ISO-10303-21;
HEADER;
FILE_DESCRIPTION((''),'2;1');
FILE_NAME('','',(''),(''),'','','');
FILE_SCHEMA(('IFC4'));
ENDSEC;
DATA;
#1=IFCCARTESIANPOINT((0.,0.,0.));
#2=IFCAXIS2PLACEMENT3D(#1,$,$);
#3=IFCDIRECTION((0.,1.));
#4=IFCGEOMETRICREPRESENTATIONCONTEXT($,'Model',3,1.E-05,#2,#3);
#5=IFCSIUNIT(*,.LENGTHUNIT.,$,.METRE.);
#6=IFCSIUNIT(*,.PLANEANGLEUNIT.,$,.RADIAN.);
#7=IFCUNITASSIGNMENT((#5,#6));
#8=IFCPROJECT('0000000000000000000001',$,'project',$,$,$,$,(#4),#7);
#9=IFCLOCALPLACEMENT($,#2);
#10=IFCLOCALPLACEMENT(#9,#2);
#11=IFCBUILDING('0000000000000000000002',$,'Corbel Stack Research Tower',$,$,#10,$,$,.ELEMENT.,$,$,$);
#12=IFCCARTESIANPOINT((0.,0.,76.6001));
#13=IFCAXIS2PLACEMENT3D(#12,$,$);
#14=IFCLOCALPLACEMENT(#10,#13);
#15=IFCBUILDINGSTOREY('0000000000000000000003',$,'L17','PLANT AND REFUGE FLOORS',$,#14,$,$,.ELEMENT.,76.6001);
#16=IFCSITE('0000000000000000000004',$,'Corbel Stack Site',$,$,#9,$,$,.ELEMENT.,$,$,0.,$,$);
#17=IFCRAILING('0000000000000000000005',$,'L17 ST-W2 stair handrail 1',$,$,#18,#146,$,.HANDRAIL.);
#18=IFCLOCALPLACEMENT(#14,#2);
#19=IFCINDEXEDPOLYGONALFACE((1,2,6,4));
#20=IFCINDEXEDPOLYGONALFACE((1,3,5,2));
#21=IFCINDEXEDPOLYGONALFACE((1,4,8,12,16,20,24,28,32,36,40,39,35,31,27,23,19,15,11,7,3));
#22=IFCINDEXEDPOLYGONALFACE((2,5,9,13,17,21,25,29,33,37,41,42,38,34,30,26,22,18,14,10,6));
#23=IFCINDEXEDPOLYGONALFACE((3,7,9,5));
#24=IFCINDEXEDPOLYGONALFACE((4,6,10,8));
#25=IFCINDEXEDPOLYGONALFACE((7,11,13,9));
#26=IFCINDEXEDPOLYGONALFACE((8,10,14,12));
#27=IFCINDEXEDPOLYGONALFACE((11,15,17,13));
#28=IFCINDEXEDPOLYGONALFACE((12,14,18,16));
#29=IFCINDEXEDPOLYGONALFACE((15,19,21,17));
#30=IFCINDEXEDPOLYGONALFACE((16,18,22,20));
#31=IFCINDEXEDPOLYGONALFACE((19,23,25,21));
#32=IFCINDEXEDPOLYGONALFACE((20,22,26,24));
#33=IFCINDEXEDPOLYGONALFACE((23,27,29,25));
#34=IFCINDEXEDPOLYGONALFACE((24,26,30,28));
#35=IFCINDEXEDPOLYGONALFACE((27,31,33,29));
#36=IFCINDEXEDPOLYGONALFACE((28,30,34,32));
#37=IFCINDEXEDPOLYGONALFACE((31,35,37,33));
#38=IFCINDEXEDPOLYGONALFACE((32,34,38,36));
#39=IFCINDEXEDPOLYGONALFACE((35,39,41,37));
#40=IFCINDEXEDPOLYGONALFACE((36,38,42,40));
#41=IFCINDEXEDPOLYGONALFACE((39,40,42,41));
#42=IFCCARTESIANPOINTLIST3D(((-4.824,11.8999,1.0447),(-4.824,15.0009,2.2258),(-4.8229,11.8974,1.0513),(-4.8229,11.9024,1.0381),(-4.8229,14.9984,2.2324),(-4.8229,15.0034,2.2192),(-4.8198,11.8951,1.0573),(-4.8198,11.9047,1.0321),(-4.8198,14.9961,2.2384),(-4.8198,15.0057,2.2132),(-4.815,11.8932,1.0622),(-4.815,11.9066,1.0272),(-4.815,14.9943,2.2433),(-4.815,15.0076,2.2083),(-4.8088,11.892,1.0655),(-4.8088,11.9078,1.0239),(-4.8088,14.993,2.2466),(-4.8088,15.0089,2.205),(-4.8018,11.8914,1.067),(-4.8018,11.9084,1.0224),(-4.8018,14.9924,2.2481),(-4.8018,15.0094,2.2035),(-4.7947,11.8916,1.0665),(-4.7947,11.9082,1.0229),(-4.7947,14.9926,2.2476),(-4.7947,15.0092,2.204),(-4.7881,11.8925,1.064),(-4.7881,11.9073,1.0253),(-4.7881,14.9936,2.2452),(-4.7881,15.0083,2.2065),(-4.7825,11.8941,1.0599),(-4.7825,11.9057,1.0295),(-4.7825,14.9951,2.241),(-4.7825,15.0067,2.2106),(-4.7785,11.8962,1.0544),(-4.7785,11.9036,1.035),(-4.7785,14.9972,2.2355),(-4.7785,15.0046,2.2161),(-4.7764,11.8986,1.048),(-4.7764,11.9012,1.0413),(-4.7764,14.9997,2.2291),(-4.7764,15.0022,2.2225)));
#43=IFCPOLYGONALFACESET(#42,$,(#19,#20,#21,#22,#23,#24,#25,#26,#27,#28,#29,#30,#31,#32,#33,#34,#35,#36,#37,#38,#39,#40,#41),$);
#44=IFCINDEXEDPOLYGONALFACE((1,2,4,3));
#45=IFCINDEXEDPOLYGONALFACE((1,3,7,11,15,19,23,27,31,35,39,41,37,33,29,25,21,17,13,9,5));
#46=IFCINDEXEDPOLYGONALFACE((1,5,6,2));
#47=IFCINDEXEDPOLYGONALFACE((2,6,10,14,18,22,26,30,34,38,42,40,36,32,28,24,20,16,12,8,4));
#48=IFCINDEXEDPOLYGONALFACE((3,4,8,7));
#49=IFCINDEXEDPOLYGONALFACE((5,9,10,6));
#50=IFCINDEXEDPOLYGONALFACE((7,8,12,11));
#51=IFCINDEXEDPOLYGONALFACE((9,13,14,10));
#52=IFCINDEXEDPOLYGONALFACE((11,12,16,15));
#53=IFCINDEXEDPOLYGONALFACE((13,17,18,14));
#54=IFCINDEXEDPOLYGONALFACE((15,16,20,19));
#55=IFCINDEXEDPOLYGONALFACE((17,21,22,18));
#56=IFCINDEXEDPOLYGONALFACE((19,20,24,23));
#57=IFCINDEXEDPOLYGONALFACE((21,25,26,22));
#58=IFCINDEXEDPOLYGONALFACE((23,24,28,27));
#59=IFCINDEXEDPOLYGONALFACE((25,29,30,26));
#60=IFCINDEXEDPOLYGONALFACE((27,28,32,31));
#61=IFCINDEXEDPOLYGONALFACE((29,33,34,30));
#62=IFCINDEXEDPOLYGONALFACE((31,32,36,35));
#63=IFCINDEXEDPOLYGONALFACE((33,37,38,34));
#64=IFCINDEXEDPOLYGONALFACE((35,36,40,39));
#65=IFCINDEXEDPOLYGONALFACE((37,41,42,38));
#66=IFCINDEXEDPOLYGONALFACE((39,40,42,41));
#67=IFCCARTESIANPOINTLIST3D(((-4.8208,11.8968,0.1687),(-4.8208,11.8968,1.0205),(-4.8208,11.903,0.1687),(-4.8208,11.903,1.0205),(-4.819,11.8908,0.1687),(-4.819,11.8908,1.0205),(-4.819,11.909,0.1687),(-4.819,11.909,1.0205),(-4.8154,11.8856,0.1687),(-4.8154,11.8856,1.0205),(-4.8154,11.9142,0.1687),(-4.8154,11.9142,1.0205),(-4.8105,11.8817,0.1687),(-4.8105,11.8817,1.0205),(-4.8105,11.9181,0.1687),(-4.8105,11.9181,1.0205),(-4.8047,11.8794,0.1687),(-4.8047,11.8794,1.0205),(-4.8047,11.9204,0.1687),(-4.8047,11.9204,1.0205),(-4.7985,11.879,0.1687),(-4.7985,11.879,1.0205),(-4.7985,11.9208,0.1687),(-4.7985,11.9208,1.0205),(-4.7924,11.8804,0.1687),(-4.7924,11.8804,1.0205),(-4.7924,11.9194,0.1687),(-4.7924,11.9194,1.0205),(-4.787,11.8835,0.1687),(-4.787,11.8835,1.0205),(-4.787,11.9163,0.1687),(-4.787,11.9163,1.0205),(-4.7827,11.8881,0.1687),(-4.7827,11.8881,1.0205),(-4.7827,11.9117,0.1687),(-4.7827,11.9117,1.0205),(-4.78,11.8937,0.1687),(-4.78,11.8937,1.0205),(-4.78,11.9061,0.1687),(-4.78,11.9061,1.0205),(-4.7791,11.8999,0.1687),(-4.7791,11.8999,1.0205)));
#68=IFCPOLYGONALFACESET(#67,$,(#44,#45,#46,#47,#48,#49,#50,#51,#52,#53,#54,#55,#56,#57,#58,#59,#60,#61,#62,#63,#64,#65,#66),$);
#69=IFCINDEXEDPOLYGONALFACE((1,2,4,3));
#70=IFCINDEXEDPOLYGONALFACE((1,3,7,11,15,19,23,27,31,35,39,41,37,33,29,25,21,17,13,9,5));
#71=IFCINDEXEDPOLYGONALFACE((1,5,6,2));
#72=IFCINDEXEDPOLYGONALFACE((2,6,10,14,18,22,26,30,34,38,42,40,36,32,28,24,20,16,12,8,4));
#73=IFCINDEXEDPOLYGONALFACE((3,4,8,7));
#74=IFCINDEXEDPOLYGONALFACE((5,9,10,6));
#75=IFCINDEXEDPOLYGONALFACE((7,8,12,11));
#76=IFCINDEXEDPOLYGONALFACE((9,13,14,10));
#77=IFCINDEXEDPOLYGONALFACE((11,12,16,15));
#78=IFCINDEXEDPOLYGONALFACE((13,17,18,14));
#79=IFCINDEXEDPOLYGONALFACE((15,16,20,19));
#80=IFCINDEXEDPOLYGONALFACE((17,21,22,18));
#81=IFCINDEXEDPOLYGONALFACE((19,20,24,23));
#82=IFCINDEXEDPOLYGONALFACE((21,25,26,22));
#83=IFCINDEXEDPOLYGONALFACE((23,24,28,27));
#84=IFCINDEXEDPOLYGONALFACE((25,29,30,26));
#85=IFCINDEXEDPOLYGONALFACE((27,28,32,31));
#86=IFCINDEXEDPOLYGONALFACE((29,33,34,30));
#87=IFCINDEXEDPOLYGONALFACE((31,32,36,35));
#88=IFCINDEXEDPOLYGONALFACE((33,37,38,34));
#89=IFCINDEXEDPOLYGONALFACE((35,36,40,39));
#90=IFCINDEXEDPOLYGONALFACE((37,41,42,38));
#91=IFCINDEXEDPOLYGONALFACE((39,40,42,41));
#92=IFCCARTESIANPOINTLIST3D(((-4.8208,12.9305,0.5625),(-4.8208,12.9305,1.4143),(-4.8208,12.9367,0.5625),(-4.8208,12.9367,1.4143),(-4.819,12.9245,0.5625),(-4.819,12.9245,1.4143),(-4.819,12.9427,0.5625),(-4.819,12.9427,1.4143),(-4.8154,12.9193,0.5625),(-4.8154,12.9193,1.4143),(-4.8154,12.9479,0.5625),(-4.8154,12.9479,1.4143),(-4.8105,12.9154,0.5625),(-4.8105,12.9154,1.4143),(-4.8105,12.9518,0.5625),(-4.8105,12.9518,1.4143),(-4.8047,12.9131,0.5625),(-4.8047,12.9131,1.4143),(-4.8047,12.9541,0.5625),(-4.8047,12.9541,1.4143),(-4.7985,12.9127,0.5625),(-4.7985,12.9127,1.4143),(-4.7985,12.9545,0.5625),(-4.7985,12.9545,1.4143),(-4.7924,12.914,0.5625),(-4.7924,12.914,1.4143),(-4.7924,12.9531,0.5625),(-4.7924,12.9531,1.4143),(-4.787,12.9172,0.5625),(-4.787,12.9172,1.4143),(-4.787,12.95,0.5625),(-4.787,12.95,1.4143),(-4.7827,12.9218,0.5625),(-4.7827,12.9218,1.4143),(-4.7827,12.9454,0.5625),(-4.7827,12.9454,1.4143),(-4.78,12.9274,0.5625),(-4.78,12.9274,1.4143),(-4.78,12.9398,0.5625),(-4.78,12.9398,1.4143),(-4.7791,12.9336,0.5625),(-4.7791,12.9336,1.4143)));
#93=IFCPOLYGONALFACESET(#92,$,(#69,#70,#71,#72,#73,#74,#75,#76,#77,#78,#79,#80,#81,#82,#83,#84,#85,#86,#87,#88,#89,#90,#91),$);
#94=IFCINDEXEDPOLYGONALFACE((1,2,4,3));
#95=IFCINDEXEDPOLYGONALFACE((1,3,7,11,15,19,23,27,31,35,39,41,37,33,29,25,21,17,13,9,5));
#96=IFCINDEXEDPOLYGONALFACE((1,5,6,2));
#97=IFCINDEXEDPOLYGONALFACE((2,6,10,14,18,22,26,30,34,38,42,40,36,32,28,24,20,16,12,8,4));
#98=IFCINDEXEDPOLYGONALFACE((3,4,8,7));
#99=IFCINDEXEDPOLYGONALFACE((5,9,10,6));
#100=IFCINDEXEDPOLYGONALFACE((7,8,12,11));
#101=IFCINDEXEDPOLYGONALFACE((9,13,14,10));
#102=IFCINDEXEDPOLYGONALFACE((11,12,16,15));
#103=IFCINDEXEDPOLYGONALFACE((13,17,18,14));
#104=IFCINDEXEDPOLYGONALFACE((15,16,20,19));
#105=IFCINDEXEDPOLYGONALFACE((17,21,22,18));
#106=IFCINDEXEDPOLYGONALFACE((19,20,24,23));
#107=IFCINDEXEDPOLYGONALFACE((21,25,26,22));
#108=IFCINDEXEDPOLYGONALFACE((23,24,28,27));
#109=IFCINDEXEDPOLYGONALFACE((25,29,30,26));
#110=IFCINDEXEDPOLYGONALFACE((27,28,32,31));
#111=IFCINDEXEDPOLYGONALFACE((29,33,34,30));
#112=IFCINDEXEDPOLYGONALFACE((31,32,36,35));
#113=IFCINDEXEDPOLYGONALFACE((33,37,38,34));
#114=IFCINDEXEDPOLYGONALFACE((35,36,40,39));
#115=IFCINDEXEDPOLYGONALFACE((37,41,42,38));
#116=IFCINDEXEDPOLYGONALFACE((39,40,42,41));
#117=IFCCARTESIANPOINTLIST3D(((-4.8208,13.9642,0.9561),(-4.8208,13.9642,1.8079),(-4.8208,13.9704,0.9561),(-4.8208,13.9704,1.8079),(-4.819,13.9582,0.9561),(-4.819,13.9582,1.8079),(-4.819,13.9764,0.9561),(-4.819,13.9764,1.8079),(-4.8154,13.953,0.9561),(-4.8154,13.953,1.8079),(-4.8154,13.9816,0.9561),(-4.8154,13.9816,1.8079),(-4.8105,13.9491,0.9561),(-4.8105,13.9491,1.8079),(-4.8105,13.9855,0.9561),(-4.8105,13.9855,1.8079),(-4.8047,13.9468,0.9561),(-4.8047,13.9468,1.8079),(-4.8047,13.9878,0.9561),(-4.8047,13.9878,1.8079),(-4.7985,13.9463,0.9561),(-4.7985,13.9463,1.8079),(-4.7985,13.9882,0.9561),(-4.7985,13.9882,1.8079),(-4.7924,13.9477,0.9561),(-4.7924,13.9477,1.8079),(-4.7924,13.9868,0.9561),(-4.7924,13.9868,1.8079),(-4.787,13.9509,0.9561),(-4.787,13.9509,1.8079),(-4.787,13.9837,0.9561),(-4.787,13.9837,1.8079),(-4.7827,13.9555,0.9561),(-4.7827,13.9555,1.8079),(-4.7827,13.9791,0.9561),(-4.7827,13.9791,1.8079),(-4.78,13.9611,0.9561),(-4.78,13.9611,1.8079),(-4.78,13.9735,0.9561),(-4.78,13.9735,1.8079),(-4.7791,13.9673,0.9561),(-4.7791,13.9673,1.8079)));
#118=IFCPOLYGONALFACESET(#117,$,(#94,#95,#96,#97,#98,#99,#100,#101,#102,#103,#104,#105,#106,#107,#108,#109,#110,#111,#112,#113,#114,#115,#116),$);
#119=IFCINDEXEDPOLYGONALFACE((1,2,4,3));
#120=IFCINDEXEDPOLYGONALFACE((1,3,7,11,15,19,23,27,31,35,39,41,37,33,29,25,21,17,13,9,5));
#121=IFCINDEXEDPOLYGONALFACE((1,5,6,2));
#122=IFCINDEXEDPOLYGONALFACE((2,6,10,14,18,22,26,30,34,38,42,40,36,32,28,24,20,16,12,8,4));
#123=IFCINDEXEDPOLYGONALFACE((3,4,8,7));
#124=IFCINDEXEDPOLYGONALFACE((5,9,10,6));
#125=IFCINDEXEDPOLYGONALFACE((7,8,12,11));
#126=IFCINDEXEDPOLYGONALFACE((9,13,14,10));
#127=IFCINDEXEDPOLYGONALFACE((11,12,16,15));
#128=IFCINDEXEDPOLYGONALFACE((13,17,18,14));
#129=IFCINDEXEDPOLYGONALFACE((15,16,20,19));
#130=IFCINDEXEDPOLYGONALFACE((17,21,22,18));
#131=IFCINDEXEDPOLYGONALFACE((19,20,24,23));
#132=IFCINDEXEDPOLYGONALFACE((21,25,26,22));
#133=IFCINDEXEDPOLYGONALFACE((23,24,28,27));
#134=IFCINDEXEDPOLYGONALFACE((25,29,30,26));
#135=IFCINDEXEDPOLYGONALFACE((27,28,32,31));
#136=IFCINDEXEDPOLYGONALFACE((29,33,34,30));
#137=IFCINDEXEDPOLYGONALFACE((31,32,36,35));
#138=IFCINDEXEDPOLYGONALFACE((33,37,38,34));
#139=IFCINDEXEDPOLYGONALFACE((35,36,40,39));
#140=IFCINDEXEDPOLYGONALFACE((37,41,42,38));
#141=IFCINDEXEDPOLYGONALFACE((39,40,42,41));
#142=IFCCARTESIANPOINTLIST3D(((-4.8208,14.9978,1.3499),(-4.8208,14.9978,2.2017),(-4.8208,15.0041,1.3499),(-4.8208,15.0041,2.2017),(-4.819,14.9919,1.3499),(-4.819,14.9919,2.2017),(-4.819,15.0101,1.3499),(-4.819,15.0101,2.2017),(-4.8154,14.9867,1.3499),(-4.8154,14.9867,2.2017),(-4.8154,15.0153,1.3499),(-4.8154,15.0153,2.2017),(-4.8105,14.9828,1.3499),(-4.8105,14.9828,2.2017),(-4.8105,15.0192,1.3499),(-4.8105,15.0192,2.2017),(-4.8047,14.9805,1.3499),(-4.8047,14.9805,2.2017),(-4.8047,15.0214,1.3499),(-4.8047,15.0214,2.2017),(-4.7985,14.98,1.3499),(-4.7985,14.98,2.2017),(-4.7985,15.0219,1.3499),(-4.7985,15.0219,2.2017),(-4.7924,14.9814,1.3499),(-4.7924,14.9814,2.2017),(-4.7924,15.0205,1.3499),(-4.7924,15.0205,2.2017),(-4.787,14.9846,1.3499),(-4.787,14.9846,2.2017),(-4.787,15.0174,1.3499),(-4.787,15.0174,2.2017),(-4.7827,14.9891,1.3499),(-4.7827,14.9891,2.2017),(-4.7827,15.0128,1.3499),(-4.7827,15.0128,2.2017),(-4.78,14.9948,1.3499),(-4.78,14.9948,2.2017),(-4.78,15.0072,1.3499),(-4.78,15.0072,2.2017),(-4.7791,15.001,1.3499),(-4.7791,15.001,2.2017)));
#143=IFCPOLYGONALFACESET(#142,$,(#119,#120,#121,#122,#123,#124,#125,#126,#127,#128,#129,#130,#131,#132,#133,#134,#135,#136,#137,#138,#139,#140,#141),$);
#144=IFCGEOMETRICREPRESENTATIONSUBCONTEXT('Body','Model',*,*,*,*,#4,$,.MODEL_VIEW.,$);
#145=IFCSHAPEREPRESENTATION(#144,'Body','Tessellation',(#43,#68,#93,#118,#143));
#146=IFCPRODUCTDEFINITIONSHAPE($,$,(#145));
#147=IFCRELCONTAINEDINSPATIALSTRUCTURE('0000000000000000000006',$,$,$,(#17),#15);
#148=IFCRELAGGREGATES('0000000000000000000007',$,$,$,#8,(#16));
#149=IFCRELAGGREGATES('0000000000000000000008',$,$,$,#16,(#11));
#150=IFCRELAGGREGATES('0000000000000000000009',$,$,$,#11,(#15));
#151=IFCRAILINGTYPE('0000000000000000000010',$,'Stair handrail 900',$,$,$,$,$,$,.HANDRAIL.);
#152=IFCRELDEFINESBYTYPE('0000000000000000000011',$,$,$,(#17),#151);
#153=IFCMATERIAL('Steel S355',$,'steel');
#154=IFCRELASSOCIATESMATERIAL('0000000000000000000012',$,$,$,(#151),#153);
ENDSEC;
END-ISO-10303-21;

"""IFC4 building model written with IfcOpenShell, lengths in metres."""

from ifc_helpers import new_model, si_unit, direction, frame, origin, origin_2d, place, context, subcontext, project, spatial, circle, extrude, material, type_object, element, save


model = new_model("IFC4")

# Units and contexts
model_context = context("Model", 3, precision=1e-05, world=origin(), true_north=direction((0.0, 1.0)))
body_context = subcontext(model_context, "Body", "Model", "MODEL_VIEW")
ifc_project = project(units=[si_unit("LENGTHUNIT", "METRE"), si_unit("PLANEANGLEUNIT", "RADIAN")], contexts=[model_context])

# Site, building, storey
site_placement = place(None, origin())
site = spatial("IfcSite", under=ifc_project, at=site_placement, Name="Corbel Stack Site", CompositionType="ELEMENT", RefElevation=0.0)
building_placement = place(site_placement, origin())
building = spatial("IfcBuilding", under=site, at=building_placement, Name="Corbel Stack Research Tower", CompositionType="ELEMENT")
storey_placement = place(building_placement, frame((0.0, 0.0, 76.6001)))
storey = spatial("IfcBuildingStorey", under=building, at=storey_placement, Name="L17", Description="PLANT AND REFUGE FLOORS", CompositionType="ELEMENT", Elevation=76.6001)

# Railing
ifc_material_1 = material(Name="Steel S355", Category="steel")
railing_type_1 = type_object("IfcRailingType", Name="Stair handrail 900", PredefinedType="HANDRAIL", material=ifc_material_1)
for number, where, name in (
    (1, (-4.8, 11.8999, 0.1687), "L17 ST-W2 stair handrail 1"),
):
    element("IfcRailing", number, at=place(storey_placement, frame(where)), inside=storey, type_object=railing_type_1, Name=name, PredefinedType="HANDRAIL", context=body_context, shape_type="SweptSolid", body=[
        extrude(circle(Radius=0.0239, at=origin_2d()), frame((0.0, 0.0, 0.876), z_axis=(0.0, 0.934509, 0.35594), x_axis=(-1.0, 0.0, 0.0)), (0.0, 0.0, 1.0), 3.3184),
        extrude(circle(Radius=0.021, at=origin_2d()), origin(), (0.0, 0.0, 1.0), 0.8518),
        extrude(circle(Radius=0.021, at=origin_2d()), frame((0.0, 1.0337, 0.3938)), (0.0, 0.0, 1.0), 0.8518),
        extrude(circle(Radius=0.021, at=origin_2d()), frame((0.0, 2.0674, 0.7874)), (0.0, 0.0, 1.0), 0.8518),
        extrude(circle(Radius=0.021, at=origin_2d()), frame((0.0, 3.1011, 1.1812)), (0.0, 0.0, 1.0), 0.8518),
    ])

save(model, "model.ifc")
